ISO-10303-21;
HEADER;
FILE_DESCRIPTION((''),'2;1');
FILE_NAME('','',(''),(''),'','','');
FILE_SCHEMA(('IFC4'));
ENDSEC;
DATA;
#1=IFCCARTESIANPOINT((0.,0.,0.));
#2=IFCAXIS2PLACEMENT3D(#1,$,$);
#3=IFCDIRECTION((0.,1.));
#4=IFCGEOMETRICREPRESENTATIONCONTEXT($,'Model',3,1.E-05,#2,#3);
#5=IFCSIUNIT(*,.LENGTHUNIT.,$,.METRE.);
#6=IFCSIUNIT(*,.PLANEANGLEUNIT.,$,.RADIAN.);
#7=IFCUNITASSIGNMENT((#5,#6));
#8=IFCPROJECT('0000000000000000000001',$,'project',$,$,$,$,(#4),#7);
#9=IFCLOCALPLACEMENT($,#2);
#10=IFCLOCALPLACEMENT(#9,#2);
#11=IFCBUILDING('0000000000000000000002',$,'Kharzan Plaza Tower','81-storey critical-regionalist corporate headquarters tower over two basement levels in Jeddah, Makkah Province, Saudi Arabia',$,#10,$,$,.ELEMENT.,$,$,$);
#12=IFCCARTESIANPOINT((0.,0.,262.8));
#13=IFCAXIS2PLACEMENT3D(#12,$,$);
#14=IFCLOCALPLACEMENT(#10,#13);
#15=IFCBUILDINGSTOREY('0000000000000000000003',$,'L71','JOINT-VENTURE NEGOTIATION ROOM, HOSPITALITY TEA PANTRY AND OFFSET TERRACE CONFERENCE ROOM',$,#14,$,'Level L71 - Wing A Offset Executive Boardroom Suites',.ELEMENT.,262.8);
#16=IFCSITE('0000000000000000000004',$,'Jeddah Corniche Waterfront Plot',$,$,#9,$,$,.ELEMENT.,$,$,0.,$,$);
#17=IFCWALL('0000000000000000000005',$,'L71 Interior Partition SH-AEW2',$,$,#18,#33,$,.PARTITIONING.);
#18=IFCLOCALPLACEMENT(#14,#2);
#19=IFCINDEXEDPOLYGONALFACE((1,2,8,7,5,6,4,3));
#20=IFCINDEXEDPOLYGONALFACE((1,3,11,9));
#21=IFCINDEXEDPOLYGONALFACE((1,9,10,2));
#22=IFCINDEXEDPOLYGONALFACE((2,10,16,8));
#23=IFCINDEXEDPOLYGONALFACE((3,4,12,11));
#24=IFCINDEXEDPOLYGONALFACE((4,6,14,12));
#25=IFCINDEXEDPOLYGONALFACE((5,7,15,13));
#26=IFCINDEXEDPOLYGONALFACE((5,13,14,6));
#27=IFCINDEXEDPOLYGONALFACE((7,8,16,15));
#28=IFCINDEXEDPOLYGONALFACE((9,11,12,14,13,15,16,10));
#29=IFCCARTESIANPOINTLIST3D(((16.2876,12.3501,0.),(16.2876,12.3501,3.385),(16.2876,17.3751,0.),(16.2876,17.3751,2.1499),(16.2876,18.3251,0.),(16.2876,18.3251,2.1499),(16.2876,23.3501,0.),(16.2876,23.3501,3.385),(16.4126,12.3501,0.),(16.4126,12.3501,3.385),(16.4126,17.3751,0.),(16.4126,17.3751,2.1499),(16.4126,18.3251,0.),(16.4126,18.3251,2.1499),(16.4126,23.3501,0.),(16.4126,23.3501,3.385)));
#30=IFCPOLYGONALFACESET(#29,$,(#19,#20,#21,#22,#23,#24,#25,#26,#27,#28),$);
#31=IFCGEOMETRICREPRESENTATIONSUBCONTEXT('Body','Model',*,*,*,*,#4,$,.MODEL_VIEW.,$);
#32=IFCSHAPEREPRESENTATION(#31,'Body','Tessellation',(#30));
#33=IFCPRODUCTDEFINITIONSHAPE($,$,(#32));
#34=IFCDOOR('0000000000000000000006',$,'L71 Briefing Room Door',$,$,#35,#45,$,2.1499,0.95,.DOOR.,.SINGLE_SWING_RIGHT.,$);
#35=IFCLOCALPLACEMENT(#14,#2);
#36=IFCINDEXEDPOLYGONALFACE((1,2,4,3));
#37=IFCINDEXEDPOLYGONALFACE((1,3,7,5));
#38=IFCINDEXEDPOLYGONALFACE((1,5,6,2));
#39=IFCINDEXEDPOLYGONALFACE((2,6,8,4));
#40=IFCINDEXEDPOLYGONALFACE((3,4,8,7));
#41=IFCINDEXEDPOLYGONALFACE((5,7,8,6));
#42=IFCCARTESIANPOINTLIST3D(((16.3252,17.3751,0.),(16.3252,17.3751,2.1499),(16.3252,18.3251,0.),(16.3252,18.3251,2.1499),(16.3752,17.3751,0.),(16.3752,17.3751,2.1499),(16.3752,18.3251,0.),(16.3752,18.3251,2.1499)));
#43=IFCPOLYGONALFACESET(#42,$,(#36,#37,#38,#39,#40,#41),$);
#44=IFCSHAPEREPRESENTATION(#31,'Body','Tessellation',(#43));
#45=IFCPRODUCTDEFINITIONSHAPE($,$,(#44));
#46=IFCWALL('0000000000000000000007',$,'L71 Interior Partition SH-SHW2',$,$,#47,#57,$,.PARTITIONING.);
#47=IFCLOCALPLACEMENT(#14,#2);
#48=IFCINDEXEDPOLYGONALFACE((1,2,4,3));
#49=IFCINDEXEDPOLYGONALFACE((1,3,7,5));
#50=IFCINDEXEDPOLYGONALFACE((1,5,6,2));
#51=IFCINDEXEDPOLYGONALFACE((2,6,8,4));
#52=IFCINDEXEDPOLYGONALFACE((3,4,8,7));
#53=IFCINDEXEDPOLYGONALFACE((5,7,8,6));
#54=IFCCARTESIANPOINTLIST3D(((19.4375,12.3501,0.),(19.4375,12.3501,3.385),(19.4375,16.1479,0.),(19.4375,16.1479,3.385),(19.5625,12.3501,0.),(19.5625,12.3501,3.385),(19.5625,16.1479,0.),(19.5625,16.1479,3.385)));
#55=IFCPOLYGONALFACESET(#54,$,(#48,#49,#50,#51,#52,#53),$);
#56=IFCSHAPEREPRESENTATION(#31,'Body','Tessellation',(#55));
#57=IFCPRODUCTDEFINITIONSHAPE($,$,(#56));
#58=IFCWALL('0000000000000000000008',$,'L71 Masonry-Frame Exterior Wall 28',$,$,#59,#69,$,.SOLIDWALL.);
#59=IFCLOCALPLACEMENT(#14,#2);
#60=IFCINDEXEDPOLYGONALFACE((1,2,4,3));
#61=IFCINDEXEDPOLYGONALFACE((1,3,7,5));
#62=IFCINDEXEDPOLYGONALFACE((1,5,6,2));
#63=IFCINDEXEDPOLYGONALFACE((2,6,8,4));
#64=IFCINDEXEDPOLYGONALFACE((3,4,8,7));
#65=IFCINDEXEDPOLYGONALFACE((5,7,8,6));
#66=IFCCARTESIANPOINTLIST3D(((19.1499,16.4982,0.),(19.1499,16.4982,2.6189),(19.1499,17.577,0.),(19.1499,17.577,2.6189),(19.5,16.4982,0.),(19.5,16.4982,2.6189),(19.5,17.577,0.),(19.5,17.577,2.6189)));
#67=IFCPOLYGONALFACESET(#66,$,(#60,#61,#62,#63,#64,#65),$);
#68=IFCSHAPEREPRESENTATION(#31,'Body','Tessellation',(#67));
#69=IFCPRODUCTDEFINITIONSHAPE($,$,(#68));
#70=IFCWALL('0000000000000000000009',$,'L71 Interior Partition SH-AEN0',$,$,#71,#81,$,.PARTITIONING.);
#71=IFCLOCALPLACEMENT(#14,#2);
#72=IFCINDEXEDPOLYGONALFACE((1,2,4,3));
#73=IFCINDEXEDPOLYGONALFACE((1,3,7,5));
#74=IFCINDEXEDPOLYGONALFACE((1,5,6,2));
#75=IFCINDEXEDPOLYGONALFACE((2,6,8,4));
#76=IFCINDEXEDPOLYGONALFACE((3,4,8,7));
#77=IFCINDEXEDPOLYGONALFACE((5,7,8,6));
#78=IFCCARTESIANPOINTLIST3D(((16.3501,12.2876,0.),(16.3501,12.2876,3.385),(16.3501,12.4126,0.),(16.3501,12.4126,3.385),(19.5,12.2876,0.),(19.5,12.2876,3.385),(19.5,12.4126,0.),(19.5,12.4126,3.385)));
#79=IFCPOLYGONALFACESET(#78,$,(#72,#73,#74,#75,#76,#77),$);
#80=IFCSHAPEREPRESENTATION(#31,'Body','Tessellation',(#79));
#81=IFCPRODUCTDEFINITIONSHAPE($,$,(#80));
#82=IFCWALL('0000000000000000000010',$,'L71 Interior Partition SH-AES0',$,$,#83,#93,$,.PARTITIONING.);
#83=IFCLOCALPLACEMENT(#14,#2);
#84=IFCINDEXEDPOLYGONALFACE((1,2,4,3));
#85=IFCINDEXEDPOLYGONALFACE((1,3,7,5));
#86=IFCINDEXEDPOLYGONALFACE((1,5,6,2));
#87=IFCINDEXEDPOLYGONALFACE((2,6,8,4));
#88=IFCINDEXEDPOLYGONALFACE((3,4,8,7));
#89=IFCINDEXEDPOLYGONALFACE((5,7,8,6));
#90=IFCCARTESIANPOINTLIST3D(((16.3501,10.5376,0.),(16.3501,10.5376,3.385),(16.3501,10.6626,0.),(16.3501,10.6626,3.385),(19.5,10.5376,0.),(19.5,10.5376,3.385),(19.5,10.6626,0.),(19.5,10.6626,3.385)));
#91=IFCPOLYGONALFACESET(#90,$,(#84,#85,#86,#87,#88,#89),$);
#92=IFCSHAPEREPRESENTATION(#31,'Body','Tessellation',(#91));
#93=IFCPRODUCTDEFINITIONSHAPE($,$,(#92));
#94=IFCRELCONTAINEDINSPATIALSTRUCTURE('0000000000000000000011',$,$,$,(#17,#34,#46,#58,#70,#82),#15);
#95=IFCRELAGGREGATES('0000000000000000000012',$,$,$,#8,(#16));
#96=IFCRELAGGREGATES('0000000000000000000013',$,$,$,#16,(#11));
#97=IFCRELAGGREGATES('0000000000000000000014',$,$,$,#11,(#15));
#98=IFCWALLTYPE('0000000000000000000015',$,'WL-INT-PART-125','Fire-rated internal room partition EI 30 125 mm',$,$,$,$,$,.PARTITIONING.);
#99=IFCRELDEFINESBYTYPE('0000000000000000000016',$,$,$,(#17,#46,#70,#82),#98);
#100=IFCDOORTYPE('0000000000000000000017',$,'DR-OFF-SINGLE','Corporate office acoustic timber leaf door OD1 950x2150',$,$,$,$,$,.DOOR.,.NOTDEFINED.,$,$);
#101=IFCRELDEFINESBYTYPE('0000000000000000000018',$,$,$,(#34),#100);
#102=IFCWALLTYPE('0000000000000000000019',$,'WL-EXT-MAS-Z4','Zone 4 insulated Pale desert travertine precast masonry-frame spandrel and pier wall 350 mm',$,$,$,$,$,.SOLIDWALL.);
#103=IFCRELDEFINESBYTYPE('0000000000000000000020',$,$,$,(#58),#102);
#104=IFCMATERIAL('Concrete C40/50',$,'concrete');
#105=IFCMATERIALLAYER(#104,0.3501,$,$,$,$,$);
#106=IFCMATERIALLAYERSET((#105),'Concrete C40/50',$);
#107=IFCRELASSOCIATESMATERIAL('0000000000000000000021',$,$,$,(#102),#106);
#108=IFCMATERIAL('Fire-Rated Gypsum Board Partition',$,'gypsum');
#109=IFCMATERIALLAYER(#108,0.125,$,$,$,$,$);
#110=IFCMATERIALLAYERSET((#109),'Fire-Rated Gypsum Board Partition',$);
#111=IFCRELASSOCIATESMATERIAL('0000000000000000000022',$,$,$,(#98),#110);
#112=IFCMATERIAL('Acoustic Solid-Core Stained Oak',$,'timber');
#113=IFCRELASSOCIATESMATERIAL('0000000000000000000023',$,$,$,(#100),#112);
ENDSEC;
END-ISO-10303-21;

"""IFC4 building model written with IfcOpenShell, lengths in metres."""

from ifc_helpers import new_model, si_unit, direction, frame, frame_2d, origin, place, context, subcontext, project, spatial, rectangle, extrude, source, transform, mapped, material, layer, layer_set, type_object, element, fill, save


model = new_model("IFC4")

# Units and contexts
model_context = context("Model", 3, precision=1e-05, world=origin(), true_north=direction((0.0, 1.0)))
body_context = subcontext(model_context, "Body", "Model", "MODEL_VIEW")
ifc_project = project(units=[si_unit("LENGTHUNIT", "METRE"), si_unit("PLANEANGLEUNIT", "RADIAN")], contexts=[model_context])

# Site, building, storey
site_placement = place(None, origin())
site = spatial("IfcSite", under=ifc_project, at=site_placement, Name="Jeddah Corniche Waterfront Plot", CompositionType="ELEMENT", RefElevation=0.0)
building_placement = place(site_placement, origin())
building = spatial("IfcBuilding", under=site, at=building_placement, Name="Kharzan Plaza Tower", Description="81-storey critical-regionalist corporate headquarters tower over two basement levels in Jeddah, Makkah Province, Saudi Arabia", CompositionType="ELEMENT")
storey_placement = place(building_placement, frame((0.0, 0.0, 262.8)))
storey = spatial("IfcBuildingStorey", under=building, at=storey_placement, Name="L71", Description="JOINT-VENTURE NEGOTIATION ROOM, HOSPITALITY TEA PANTRY AND OFFSET TERRACE CONFERENCE ROOM", LongName="Level L71 - Wing A Offset Executive Boardroom Suites", CompositionType="ELEMENT", Elevation=262.8)

# Shared definitions
ifc_material_1 = material(Name="Concrete C40/50", Category="concrete")
ifc_layer_1 = layer(ifc_material_1, 0.3501)
ifc_layer_set_1 = layer_set([ifc_layer_1], Name="Concrete C40/50")
wall_type_1 = type_object("IfcWallType", Name="WL-EXT-MAS-Z4", Description="Zone 4 insulated Pale desert travertine precast masonry-frame spandrel and pier wall 350 mm", PredefinedType="SOLIDWALL", material=ifc_layer_set_1)

# Wall, opening, door
ifc_material_2 = material(Name="Fire-Rated Gypsum Board Partition", Category="gypsum")
ifc_layer_2 = layer(ifc_material_2, 0.125)
ifc_layer_set_2 = layer_set([ifc_layer_2], Name="Fire-Rated Gypsum Board Partition")
wall_type_2 = type_object("IfcWallType", Name="WL-INT-PART-125", Description="Fire-rated internal room partition EI 30 125 mm", PredefinedType="PARTITIONING", material=ifc_layer_set_2)
wall_1_placement = place(storey_placement, frame((16.3501, 12.3501, 0.0), z_axis=(0.0, 0.0, 1.0), x_axis=(0.0, 1.0, 0.0)))
wall_1 = element("IfcWall", 1, at=wall_1_placement, inside=storey, type_object=wall_type_2, Name="L71 Interior Partition SH-AEW2", PredefinedType="PARTITIONING", context=body_context, shape_type="SweptSolid", body=[
    extrude(rectangle(XDim=11.0, YDim=0.125, at=frame_2d((5.5, 0.0))), origin(), (0.0, 0.0, 1.0), 3.385),
])
opening_1_placement = place(wall_1_placement, frame((5.0249, 0.0, 0.0)))
opening_1 = element("IfcOpeningElement", 2, at=opening_1_placement, cuts=wall_1, PredefinedType="OPENING", context=body_context, shape_type="SweptSolid", body=[
    extrude(rectangle(XDim=0.95, YDim=2.1499, at=frame_2d((0.4751, 1.075))), frame((0.0, 0.0725, 0.0), z_axis=(0.0, -1.0, 0.0), x_axis=(1.0, 0.0, 0.0)), (0.0, 0.0, 1.0), 0.145),
])
ifc_material_3 = material(Name="Acoustic Solid-Core Stained Oak", Category="timber")
door_type = type_object("IfcDoorType", Name="DR-OFF-SINGLE", Description="Corporate office acoustic timber leaf door OD1 950x2150", OperationType="NOTDEFINED", PredefinedType="DOOR", material=ifc_material_3)
shared_shape_1 = source(origin(), body_context, "Body", "SweptSolid", [
    extrude(rectangle(XDim=0.95, YDim=2.1499, at=frame_2d((0.4751, 1.075))), frame((0.0, 0.0249, 0.0), z_axis=(0.0, -1.0, 0.0), x_axis=(1.0, 0.0, 0.0)), (0.0, 0.0, 1.0), 0.05),
])
door_1_placement = place(opening_1_placement, origin())
door_1 = element("IfcDoor", 3, at=door_1_placement, inside=storey, type_object=door_type, Name="L71 Briefing Room Door", OperationType="SINGLE_SWING_RIGHT", OverallHeight=2.1499, OverallWidth=0.95, PredefinedType="DOOR", context=body_context, shape_type="MappedRepresentation", body=[
    mapped(shared_shape_1, transform((0.0, 0.0, 0.0), x_axis=(1.0, 0.0, 0.0), y_axis=(0.0, 1.0, 0.0), z_axis=(0.0, 0.0, 1.0))),
])
fill(opening_1, door_1)

# Walls
shared_shape_2 = source(origin(), body_context, "Body", "SweptSolid", [
    extrude(rectangle(XDim=3.7979, YDim=0.125, at=frame_2d((1.8989, 0.0))), origin(), (0.0, 0.0, 1.0), 3.385),
])
wall_2_placement = place(storey_placement, frame((19.5, 12.3501, 0.0), z_axis=(0.0, 0.0, 1.0), x_axis=(0.0, 1.0, 0.0)))
element("IfcWall", 4, at=wall_2_placement, inside=storey, type_object=wall_type_2, Name="L71 Interior Partition SH-SHW2", PredefinedType="PARTITIONING", context=body_context, shape_type="MappedRepresentation", body=[
    mapped(shared_shape_2, transform((0.0, 0.0, 0.0), x_axis=(1.0, 0.0, 0.0), y_axis=(0.0, 1.0, 0.0), z_axis=(0.0, 0.0, 1.0))),
])
shared_shape_3 = source(origin(), body_context, "Body", "SweptSolid", [
    extrude(rectangle(XDim=1.0789, YDim=0.3501, at=frame_2d((0.5396, 0.0))), origin(), (0.0, 0.0, 1.0), 2.6189),
])
wall_3_placement = place(storey_placement, frame((19.325, 16.498, 0.0), z_axis=(0.0, 0.0, 1.0), x_axis=(0.0, 1.0, 0.0)))
element("IfcWall", 5, at=wall_3_placement, inside=storey, type_object=wall_type_1, Name="L71 Masonry-Frame Exterior Wall 28", PredefinedType="SOLIDWALL", context=body_context, shape_type="MappedRepresentation", body=[
    mapped(shared_shape_3, transform((0.0, 0.0, 0.0), x_axis=(1.0, 0.0, 0.0), y_axis=(0.0, 1.0, 0.0), z_axis=(0.0, 0.0, 1.0))),
])
shared_shape_4 = source(origin(), body_context, "Body", "SweptSolid", [
    extrude(rectangle(XDim=3.1499, YDim=0.125, at=frame_2d((1.575, 0.0))), origin(), (0.0, 0.0, 1.0), 3.385),
])
for number, where, z_axis, x_axis, name in (
    (6, (16.3501, 12.3501, 0.0), (0.0, 0.0, 1.0), (1.0, 0.0, 0.0), "L71 Interior Partition SH-AEN0"),
    (7, (16.3501, 10.6001, 0.0), (0.0, 0.0, 1.0), (1.0, 0.0, 0.0), "L71 Interior Partition SH-AES0"),
):
    element("IfcWall", number, at=place(storey_placement, frame(where, z_axis=z_axis, x_axis=x_axis)), inside=storey, type_object=wall_type_2, Name=name, PredefinedType="PARTITIONING", context=body_context, shape_type="MappedRepresentation", body=[
        mapped(shared_shape_4, transform((0.0, 0.0, 0.0), x_axis=(1.0, 0.0, 0.0), y_axis=(0.0, 1.0, 0.0), z_axis=(0.0, 0.0, 1.0))),
    ])

save(model, "model.ifc")
